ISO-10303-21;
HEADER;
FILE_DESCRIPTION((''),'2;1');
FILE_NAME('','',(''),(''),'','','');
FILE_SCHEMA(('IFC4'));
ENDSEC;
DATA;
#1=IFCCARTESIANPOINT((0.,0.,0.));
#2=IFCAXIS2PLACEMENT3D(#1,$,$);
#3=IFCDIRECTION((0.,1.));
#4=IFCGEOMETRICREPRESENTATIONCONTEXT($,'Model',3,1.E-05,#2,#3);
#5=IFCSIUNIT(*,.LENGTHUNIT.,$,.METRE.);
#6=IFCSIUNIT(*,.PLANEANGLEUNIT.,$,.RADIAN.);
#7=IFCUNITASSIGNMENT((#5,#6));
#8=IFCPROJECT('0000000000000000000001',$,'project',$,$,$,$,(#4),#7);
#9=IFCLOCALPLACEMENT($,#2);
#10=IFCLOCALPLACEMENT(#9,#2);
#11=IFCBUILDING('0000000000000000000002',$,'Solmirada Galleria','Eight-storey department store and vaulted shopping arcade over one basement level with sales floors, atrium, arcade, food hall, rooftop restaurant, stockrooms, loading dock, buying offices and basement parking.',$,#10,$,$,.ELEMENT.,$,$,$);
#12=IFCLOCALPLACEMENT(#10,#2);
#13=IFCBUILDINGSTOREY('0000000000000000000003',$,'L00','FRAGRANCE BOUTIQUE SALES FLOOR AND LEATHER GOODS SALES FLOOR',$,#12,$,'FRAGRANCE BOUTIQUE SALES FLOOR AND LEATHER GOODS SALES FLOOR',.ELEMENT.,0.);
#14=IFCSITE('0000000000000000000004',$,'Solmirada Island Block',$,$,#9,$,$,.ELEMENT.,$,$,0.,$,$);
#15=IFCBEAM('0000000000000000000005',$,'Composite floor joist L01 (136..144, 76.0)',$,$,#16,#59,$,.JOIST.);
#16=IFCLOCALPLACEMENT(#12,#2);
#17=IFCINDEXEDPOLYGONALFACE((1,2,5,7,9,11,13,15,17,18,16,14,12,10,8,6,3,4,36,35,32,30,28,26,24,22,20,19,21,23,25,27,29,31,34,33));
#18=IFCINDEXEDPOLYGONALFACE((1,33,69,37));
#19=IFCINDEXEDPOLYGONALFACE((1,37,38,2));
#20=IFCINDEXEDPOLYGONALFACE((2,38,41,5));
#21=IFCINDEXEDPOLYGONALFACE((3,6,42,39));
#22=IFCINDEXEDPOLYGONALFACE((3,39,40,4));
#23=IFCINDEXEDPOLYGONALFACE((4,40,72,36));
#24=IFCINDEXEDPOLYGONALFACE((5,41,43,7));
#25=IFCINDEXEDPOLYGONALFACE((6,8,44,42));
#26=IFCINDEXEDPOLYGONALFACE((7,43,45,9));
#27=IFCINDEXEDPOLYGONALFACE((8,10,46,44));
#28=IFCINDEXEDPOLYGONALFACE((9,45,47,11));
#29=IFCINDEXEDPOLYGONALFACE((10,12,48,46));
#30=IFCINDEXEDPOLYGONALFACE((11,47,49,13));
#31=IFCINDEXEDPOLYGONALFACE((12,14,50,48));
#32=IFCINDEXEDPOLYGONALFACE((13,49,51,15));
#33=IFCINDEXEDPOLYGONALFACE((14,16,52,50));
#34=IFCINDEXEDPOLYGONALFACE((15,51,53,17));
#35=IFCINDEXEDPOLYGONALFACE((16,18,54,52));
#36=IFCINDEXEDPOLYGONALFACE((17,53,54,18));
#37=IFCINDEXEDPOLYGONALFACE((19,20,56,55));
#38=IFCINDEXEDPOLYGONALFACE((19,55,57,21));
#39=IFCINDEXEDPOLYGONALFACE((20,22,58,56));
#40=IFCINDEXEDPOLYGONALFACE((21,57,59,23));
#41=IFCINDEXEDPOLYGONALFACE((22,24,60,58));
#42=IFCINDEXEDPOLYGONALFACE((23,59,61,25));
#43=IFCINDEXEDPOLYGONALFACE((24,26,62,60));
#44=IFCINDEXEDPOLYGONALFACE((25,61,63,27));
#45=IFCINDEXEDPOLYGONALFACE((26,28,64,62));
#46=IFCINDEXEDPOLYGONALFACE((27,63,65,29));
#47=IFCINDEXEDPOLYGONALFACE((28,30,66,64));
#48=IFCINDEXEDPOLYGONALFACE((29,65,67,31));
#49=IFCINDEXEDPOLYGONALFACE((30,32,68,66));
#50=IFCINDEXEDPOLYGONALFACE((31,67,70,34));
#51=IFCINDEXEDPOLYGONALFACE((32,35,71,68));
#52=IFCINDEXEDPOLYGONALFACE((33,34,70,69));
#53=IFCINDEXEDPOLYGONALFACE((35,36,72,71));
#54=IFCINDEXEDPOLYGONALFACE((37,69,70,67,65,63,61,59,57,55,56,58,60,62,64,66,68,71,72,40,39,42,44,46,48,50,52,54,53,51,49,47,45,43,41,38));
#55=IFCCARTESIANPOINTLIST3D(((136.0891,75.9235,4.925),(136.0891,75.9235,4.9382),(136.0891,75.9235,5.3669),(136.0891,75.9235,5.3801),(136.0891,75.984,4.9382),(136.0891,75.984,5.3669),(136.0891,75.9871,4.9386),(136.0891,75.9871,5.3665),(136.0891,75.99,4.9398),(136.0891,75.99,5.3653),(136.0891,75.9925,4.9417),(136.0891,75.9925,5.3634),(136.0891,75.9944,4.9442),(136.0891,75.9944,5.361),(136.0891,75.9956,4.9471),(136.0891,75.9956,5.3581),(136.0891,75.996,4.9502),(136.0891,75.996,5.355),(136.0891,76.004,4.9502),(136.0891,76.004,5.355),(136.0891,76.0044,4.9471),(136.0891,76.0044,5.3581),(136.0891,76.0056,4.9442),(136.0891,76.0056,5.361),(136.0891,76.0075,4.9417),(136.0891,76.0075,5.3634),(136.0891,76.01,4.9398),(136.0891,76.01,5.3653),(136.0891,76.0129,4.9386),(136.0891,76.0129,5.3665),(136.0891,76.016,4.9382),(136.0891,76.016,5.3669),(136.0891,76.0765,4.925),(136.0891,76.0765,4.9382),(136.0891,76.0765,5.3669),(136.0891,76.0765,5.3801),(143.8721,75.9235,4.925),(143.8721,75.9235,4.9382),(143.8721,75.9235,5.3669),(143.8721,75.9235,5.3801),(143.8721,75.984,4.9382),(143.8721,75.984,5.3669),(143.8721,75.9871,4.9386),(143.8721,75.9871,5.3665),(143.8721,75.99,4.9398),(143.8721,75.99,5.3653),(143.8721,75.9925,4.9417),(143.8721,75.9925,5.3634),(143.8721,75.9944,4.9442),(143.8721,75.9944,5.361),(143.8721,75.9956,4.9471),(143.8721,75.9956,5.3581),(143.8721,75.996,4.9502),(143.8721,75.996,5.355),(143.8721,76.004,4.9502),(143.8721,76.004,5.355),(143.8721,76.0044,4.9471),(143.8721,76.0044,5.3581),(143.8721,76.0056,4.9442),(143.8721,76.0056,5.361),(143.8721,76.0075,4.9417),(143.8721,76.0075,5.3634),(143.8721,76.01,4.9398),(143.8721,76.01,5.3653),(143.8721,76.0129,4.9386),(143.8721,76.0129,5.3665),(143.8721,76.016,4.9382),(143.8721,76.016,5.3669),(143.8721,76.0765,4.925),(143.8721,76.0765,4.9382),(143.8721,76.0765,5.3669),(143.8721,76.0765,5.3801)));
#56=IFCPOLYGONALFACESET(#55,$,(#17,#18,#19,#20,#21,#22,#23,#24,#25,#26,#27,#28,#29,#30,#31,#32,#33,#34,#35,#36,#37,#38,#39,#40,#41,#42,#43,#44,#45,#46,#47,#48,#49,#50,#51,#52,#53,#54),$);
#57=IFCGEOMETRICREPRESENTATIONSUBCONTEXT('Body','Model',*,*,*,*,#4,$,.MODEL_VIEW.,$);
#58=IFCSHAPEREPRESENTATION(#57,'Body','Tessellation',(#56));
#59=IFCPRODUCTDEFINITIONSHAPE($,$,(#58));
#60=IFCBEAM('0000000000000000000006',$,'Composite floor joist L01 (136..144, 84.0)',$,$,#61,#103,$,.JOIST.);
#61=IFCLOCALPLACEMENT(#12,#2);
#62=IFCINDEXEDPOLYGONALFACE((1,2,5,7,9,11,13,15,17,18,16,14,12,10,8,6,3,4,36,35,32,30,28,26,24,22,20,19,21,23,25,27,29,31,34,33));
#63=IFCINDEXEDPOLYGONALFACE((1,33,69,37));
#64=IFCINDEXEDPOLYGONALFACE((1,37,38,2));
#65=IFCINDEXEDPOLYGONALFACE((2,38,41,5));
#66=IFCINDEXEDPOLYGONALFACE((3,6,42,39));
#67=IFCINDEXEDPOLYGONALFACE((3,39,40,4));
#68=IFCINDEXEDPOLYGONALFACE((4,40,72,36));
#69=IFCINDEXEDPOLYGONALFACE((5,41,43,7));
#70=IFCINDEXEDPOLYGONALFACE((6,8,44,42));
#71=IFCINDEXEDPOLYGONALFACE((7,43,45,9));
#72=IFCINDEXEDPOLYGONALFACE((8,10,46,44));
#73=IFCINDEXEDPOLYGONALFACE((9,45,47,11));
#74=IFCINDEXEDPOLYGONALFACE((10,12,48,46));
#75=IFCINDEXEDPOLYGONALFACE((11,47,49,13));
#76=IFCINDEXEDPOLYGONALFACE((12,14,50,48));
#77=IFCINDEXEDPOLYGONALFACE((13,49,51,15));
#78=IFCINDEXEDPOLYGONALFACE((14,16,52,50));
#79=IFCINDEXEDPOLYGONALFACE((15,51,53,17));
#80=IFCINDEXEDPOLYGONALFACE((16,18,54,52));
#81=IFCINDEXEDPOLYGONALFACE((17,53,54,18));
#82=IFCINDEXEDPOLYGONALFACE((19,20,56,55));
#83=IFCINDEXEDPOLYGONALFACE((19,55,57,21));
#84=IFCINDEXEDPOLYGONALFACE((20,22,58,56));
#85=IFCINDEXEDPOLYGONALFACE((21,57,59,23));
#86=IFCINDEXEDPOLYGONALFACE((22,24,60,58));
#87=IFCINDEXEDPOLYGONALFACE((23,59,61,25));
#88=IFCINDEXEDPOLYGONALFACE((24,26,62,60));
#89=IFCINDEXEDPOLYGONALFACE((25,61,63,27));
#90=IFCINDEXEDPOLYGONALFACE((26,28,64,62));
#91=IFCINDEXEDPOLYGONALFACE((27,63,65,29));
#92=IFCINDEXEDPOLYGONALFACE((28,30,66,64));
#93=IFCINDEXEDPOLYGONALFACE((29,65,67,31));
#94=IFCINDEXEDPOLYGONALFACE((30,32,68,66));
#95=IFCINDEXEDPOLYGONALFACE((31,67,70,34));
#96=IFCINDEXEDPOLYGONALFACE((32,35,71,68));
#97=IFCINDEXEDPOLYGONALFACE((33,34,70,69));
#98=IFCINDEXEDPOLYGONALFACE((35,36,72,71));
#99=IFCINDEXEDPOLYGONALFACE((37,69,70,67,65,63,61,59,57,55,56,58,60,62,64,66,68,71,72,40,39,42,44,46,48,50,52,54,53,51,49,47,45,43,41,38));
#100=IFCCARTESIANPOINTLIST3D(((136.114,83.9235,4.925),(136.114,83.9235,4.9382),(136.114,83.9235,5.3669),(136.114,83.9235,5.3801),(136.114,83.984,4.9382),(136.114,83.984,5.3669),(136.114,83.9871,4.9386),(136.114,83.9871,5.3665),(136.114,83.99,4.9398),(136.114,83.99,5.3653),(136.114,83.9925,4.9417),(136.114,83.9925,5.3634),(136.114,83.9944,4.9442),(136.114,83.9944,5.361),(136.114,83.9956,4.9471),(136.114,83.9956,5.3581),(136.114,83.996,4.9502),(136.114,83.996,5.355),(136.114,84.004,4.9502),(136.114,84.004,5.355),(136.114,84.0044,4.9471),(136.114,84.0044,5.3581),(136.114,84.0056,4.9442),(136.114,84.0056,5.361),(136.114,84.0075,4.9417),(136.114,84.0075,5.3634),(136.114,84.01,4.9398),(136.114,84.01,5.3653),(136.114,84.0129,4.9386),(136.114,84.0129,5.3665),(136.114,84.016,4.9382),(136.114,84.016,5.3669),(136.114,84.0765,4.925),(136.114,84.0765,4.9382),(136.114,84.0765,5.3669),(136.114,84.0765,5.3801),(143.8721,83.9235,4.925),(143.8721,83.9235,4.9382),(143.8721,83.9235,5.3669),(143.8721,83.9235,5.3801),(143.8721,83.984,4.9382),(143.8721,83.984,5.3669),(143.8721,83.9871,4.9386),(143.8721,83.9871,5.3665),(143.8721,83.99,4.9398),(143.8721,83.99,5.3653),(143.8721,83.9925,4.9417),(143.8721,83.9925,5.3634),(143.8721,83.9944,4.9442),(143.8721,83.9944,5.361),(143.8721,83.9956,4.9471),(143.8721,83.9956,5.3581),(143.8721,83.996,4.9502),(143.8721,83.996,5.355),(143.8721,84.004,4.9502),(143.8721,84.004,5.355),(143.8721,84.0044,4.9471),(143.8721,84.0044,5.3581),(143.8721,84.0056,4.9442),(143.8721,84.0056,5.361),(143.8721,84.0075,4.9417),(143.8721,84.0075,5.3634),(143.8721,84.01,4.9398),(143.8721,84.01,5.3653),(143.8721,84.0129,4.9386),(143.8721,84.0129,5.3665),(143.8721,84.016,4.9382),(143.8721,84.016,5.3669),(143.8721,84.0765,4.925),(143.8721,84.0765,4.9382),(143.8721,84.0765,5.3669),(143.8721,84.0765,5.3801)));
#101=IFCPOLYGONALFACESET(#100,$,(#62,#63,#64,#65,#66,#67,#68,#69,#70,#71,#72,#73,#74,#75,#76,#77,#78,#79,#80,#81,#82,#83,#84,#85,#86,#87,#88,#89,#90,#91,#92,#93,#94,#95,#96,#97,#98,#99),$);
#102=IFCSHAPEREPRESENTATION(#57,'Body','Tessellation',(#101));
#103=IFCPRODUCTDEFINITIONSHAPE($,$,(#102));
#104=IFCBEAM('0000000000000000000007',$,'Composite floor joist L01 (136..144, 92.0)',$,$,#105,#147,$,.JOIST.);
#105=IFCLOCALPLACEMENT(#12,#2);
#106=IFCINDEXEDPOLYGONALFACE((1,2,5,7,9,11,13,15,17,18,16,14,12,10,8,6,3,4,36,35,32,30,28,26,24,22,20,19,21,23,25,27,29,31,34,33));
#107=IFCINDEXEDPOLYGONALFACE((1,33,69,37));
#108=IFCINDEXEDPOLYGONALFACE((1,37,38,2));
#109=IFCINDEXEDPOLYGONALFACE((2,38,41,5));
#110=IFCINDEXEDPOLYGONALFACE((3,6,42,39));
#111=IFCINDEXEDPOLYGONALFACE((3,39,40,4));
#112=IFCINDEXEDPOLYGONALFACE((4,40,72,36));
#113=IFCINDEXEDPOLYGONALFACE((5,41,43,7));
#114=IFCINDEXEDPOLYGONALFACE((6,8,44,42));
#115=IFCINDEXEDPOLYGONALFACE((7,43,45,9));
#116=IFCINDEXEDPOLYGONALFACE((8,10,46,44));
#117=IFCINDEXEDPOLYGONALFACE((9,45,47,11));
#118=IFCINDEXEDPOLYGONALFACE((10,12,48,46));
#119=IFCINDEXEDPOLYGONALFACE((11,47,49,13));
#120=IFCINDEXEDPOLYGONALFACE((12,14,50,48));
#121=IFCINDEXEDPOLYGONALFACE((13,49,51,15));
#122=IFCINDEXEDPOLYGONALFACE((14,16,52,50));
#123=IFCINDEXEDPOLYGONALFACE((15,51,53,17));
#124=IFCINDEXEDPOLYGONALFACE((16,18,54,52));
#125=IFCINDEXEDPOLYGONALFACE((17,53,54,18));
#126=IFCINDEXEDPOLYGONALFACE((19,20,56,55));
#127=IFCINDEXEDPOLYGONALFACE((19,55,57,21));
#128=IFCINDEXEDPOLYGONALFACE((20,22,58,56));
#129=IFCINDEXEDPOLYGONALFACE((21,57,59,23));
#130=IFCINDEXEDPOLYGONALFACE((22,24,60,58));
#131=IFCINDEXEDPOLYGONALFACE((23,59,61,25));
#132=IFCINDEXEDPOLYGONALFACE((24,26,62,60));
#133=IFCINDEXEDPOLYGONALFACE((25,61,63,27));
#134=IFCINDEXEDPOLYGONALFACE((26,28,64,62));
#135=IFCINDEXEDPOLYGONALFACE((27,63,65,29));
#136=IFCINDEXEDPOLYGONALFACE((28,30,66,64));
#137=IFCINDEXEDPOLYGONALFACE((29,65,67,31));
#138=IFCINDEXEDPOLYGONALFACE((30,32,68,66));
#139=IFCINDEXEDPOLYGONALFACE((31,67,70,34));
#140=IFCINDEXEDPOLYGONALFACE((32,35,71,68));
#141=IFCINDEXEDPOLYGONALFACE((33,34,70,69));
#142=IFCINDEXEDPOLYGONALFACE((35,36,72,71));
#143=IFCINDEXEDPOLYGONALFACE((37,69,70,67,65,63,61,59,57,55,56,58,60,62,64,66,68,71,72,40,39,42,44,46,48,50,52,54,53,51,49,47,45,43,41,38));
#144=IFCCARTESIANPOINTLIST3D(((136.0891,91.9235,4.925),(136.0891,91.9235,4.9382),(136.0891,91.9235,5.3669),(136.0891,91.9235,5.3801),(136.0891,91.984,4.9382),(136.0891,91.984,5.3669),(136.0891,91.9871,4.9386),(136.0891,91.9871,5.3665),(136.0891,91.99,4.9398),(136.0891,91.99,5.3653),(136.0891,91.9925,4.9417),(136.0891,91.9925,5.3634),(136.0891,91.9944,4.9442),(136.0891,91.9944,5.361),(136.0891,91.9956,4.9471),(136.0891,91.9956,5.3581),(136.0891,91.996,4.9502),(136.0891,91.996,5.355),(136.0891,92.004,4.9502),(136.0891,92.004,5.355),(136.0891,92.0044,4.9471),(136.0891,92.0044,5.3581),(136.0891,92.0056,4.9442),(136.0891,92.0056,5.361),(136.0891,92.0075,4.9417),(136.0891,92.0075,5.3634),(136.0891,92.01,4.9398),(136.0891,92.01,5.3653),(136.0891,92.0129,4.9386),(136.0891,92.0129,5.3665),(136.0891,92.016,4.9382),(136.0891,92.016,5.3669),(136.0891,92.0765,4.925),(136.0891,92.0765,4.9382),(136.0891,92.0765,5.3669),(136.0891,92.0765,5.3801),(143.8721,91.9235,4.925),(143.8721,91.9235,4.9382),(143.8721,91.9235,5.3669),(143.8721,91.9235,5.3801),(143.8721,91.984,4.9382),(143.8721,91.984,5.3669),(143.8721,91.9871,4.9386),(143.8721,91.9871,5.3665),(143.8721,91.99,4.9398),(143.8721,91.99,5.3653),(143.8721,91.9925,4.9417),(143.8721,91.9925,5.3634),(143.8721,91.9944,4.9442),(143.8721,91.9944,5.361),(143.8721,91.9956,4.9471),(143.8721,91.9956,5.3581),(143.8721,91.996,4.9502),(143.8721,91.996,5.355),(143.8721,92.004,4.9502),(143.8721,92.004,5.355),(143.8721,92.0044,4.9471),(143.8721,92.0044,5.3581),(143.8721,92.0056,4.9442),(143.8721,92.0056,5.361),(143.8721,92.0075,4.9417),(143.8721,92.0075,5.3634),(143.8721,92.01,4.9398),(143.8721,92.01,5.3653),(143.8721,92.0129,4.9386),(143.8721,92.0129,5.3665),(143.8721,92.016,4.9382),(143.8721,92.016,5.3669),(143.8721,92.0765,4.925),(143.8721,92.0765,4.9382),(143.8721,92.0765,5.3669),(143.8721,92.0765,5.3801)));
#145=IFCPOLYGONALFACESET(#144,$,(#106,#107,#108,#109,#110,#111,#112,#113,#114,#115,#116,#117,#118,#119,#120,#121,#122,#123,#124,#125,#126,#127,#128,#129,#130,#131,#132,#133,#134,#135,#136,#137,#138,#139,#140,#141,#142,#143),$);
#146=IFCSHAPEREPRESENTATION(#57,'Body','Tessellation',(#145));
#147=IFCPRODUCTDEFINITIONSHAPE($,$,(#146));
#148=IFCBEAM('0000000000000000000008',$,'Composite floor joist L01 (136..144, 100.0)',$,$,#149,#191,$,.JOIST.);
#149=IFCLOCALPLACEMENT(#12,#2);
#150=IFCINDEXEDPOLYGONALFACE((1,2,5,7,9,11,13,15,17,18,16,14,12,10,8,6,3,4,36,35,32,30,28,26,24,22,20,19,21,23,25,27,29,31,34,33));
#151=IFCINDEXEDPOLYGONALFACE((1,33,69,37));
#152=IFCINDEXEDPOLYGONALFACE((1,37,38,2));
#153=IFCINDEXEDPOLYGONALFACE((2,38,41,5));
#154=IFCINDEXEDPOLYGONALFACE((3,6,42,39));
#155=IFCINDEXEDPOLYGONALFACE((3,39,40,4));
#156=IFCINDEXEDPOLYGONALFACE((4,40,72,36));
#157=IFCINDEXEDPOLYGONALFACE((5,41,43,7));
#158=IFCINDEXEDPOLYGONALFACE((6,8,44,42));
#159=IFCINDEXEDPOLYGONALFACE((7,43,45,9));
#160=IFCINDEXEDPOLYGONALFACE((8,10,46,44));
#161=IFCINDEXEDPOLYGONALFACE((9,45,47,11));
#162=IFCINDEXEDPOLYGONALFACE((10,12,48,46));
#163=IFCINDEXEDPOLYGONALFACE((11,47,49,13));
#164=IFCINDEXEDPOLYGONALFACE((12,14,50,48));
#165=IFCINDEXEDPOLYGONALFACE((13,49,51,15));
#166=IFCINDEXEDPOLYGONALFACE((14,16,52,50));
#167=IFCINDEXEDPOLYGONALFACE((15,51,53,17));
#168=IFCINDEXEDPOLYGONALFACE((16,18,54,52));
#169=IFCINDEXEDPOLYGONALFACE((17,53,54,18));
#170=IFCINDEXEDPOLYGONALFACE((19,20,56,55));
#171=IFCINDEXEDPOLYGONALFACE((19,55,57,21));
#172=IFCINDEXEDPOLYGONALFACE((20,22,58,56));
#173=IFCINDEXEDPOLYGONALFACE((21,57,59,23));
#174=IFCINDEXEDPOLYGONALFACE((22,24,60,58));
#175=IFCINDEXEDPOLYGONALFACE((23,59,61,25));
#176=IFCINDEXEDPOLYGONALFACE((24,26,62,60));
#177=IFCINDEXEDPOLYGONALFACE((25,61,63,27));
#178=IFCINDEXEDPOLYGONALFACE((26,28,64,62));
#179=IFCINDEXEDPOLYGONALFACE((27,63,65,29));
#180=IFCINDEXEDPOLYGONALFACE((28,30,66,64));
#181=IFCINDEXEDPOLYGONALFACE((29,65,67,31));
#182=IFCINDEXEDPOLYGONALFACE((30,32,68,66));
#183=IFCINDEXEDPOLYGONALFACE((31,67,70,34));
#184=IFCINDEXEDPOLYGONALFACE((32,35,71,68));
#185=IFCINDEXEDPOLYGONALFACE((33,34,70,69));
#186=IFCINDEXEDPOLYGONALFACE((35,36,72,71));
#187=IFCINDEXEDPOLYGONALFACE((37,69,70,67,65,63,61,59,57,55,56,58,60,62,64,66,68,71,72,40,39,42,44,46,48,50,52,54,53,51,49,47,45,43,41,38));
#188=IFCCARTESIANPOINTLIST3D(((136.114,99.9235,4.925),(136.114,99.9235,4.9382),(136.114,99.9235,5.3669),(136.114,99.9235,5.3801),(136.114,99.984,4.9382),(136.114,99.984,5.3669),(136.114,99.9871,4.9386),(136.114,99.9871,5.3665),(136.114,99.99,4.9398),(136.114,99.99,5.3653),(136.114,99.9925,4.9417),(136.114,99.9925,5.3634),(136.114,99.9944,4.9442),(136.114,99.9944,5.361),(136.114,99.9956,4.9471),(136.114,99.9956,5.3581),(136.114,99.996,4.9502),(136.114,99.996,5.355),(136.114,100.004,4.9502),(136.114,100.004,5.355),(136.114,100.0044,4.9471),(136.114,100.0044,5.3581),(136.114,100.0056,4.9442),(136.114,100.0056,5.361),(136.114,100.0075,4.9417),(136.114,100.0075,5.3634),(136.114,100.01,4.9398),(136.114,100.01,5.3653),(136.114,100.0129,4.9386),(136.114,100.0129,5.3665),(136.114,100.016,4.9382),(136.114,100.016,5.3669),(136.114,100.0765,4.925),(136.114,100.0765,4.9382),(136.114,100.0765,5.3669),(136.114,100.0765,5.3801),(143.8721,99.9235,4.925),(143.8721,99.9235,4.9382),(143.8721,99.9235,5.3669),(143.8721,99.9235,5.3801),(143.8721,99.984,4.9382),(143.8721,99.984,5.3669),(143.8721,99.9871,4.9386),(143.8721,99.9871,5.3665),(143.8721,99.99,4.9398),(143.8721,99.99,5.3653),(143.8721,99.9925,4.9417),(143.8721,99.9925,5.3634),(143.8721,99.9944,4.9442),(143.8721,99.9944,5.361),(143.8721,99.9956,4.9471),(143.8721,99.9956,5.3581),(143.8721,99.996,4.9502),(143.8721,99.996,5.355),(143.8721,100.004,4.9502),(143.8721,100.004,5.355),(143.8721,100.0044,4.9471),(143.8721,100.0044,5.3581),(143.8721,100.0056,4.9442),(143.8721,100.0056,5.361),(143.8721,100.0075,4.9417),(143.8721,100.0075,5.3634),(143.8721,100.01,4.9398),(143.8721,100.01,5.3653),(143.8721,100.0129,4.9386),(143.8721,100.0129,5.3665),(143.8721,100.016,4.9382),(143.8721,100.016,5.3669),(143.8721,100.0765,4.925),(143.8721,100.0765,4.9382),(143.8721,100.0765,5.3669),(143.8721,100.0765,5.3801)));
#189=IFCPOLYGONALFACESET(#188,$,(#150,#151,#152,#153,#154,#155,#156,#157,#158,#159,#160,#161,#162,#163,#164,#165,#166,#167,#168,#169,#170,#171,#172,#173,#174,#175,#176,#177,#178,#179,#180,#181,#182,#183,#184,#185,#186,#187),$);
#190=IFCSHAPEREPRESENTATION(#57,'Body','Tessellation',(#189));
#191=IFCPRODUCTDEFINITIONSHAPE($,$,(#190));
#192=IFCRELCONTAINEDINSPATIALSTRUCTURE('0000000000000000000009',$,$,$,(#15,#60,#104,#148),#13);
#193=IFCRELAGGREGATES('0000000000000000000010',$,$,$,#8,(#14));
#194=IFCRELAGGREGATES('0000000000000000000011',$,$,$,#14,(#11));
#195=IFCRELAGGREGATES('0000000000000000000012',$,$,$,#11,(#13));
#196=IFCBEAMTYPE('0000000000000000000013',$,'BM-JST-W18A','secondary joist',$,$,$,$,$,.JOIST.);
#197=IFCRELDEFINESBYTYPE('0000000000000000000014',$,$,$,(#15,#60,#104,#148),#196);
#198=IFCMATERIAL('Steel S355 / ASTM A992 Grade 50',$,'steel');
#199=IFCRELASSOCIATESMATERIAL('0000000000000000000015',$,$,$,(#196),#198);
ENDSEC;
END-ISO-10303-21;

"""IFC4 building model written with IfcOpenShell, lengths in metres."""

from ifc_helpers import new_model, si_unit, direction, frame, origin, origin_2d, place, context, subcontext, project, spatial, i_section, extrude, material, material_profile, profile_set, type_object, element, save


model = new_model("IFC4")

# Units and contexts
model_context = context("Model", 3, precision=1e-05, world=origin(), true_north=direction((0.0, 1.0)))
body_context = subcontext(model_context, "Body", "Model", "MODEL_VIEW")
ifc_project = project(units=[si_unit("LENGTHUNIT", "METRE"), si_unit("PLANEANGLEUNIT", "RADIAN")], contexts=[model_context])

# Site, building, storey
site_placement = place(None, origin())
site = spatial("IfcSite", under=ifc_project, at=site_placement, Name="Solmirada Island Block", CompositionType="ELEMENT", RefElevation=0.0)
building_placement = place(site_placement, origin())
building = spatial("IfcBuilding", under=site, at=building_placement, Name="Solmirada Galleria", Description="Eight-storey department store and vaulted shopping arcade over one basement level with sales floors, atrium, arcade, food hall, rooftop restaurant, stockrooms, loading dock, buying offices and basement parking.", CompositionType="ELEMENT")
storey_placement = place(building_placement, origin())
storey = spatial("IfcBuildingStorey", under=building, at=storey_placement, Name="L00", Description="FRAGRANCE BOUTIQUE SALES FLOOR AND LEATHER GOODS SALES FLOOR", LongName="FRAGRANCE BOUTIQUE SALES FLOOR AND LEATHER GOODS SALES FLOOR", CompositionType="ELEMENT", Elevation=0.0)

# Beams
ifc_material_1 = material(Name="Steel S355 / ASTM A992 Grade 50", Category="steel")
ifc_material_profile_1 = material_profile(ifc_material_1, i_section(OverallWidth=0.1531, OverallDepth=0.4551, WebThickness=0.0081, FlangeThickness=0.0132, FilletRadius=0.012, at=origin_2d()), Name="W18X40")
ifc_profile_set_1 = profile_set([ifc_material_profile_1], Name="Steel S355 / ASTM A992 Grade 50")
beam_type_1 = type_object("IfcBeamType", Name="BM-JST-W18A", Description="secondary joist", PredefinedType="JOIST", material=ifc_profile_set_1)
beam_1_placement = place(storey_placement, frame((136.0891, 76.0, 5.1526), z_axis=(1.0, 0.0, 0.0), x_axis=(0.0, 1.0, 0.0)))
element("IfcBeam", 1, at=beam_1_placement, inside=storey, type_object=beam_type_1, Name="Composite floor joist L01 (136..144, 76.0)", PredefinedType="JOIST", context=body_context, shape_type="SweptSolid", body=[
    extrude(i_section(OverallWidth=0.1531, OverallDepth=0.4551, WebThickness=0.0081, FlangeThickness=0.0132, FilletRadius=0.012, at=origin_2d()), origin(), (0.0, 0.0, 1.0), 7.783),
])
beam_2_placement = place(storey_placement, frame((136.114, 84.0, 5.1526), z_axis=(1.0, 0.0, 0.0), x_axis=(0.0, 1.0, 0.0)))
element("IfcBeam", 2, at=beam_2_placement, inside=storey, type_object=beam_type_1, Name="Composite floor joist L01 (136..144, 84.0)", PredefinedType="JOIST", context=body_context, shape_type="SweptSolid", body=[
    extrude(i_section(OverallWidth=0.1531, OverallDepth=0.4551, WebThickness=0.0081, FlangeThickness=0.0132, FilletRadius=0.012, at=origin_2d()), origin(), (0.0, 0.0, 1.0), 7.7581),
])
beam_3_placement = place(storey_placement, frame((136.0891, 92.0, 5.1526), z_axis=(1.0, 0.0, 0.0), x_axis=(0.0, 1.0, 0.0)))
element("IfcBeam", 3, at=beam_3_placement, inside=storey, type_object=beam_type_1, Name="Composite floor joist L01 (136..144, 92.0)", PredefinedType="JOIST", context=body_context, shape_type="SweptSolid", body=[
    extrude(i_section(OverallWidth=0.1531, OverallDepth=0.4551, WebThickness=0.0081, FlangeThickness=0.0132, FilletRadius=0.012, at=origin_2d()), origin(), (0.0, 0.0, 1.0), 7.783),
])
beam_4_placement = place(storey_placement, frame((136.114, 100.0, 5.1526), z_axis=(1.0, 0.0, 0.0), x_axis=(0.0, 1.0, 0.0)))
element("IfcBeam", 4, at=beam_4_placement, inside=storey, type_object=beam_type_1, Name="Composite floor joist L01 (136..144, 100.0)", PredefinedType="JOIST", context=body_context, shape_type="SweptSolid", body=[
    extrude(i_section(OverallWidth=0.1531, OverallDepth=0.4551, WebThickness=0.0081, FlangeThickness=0.0132, FilletRadius=0.012, at=origin_2d()), origin(), (0.0, 0.0, 1.0), 7.7581),
])

save(model, "model.ifc")
